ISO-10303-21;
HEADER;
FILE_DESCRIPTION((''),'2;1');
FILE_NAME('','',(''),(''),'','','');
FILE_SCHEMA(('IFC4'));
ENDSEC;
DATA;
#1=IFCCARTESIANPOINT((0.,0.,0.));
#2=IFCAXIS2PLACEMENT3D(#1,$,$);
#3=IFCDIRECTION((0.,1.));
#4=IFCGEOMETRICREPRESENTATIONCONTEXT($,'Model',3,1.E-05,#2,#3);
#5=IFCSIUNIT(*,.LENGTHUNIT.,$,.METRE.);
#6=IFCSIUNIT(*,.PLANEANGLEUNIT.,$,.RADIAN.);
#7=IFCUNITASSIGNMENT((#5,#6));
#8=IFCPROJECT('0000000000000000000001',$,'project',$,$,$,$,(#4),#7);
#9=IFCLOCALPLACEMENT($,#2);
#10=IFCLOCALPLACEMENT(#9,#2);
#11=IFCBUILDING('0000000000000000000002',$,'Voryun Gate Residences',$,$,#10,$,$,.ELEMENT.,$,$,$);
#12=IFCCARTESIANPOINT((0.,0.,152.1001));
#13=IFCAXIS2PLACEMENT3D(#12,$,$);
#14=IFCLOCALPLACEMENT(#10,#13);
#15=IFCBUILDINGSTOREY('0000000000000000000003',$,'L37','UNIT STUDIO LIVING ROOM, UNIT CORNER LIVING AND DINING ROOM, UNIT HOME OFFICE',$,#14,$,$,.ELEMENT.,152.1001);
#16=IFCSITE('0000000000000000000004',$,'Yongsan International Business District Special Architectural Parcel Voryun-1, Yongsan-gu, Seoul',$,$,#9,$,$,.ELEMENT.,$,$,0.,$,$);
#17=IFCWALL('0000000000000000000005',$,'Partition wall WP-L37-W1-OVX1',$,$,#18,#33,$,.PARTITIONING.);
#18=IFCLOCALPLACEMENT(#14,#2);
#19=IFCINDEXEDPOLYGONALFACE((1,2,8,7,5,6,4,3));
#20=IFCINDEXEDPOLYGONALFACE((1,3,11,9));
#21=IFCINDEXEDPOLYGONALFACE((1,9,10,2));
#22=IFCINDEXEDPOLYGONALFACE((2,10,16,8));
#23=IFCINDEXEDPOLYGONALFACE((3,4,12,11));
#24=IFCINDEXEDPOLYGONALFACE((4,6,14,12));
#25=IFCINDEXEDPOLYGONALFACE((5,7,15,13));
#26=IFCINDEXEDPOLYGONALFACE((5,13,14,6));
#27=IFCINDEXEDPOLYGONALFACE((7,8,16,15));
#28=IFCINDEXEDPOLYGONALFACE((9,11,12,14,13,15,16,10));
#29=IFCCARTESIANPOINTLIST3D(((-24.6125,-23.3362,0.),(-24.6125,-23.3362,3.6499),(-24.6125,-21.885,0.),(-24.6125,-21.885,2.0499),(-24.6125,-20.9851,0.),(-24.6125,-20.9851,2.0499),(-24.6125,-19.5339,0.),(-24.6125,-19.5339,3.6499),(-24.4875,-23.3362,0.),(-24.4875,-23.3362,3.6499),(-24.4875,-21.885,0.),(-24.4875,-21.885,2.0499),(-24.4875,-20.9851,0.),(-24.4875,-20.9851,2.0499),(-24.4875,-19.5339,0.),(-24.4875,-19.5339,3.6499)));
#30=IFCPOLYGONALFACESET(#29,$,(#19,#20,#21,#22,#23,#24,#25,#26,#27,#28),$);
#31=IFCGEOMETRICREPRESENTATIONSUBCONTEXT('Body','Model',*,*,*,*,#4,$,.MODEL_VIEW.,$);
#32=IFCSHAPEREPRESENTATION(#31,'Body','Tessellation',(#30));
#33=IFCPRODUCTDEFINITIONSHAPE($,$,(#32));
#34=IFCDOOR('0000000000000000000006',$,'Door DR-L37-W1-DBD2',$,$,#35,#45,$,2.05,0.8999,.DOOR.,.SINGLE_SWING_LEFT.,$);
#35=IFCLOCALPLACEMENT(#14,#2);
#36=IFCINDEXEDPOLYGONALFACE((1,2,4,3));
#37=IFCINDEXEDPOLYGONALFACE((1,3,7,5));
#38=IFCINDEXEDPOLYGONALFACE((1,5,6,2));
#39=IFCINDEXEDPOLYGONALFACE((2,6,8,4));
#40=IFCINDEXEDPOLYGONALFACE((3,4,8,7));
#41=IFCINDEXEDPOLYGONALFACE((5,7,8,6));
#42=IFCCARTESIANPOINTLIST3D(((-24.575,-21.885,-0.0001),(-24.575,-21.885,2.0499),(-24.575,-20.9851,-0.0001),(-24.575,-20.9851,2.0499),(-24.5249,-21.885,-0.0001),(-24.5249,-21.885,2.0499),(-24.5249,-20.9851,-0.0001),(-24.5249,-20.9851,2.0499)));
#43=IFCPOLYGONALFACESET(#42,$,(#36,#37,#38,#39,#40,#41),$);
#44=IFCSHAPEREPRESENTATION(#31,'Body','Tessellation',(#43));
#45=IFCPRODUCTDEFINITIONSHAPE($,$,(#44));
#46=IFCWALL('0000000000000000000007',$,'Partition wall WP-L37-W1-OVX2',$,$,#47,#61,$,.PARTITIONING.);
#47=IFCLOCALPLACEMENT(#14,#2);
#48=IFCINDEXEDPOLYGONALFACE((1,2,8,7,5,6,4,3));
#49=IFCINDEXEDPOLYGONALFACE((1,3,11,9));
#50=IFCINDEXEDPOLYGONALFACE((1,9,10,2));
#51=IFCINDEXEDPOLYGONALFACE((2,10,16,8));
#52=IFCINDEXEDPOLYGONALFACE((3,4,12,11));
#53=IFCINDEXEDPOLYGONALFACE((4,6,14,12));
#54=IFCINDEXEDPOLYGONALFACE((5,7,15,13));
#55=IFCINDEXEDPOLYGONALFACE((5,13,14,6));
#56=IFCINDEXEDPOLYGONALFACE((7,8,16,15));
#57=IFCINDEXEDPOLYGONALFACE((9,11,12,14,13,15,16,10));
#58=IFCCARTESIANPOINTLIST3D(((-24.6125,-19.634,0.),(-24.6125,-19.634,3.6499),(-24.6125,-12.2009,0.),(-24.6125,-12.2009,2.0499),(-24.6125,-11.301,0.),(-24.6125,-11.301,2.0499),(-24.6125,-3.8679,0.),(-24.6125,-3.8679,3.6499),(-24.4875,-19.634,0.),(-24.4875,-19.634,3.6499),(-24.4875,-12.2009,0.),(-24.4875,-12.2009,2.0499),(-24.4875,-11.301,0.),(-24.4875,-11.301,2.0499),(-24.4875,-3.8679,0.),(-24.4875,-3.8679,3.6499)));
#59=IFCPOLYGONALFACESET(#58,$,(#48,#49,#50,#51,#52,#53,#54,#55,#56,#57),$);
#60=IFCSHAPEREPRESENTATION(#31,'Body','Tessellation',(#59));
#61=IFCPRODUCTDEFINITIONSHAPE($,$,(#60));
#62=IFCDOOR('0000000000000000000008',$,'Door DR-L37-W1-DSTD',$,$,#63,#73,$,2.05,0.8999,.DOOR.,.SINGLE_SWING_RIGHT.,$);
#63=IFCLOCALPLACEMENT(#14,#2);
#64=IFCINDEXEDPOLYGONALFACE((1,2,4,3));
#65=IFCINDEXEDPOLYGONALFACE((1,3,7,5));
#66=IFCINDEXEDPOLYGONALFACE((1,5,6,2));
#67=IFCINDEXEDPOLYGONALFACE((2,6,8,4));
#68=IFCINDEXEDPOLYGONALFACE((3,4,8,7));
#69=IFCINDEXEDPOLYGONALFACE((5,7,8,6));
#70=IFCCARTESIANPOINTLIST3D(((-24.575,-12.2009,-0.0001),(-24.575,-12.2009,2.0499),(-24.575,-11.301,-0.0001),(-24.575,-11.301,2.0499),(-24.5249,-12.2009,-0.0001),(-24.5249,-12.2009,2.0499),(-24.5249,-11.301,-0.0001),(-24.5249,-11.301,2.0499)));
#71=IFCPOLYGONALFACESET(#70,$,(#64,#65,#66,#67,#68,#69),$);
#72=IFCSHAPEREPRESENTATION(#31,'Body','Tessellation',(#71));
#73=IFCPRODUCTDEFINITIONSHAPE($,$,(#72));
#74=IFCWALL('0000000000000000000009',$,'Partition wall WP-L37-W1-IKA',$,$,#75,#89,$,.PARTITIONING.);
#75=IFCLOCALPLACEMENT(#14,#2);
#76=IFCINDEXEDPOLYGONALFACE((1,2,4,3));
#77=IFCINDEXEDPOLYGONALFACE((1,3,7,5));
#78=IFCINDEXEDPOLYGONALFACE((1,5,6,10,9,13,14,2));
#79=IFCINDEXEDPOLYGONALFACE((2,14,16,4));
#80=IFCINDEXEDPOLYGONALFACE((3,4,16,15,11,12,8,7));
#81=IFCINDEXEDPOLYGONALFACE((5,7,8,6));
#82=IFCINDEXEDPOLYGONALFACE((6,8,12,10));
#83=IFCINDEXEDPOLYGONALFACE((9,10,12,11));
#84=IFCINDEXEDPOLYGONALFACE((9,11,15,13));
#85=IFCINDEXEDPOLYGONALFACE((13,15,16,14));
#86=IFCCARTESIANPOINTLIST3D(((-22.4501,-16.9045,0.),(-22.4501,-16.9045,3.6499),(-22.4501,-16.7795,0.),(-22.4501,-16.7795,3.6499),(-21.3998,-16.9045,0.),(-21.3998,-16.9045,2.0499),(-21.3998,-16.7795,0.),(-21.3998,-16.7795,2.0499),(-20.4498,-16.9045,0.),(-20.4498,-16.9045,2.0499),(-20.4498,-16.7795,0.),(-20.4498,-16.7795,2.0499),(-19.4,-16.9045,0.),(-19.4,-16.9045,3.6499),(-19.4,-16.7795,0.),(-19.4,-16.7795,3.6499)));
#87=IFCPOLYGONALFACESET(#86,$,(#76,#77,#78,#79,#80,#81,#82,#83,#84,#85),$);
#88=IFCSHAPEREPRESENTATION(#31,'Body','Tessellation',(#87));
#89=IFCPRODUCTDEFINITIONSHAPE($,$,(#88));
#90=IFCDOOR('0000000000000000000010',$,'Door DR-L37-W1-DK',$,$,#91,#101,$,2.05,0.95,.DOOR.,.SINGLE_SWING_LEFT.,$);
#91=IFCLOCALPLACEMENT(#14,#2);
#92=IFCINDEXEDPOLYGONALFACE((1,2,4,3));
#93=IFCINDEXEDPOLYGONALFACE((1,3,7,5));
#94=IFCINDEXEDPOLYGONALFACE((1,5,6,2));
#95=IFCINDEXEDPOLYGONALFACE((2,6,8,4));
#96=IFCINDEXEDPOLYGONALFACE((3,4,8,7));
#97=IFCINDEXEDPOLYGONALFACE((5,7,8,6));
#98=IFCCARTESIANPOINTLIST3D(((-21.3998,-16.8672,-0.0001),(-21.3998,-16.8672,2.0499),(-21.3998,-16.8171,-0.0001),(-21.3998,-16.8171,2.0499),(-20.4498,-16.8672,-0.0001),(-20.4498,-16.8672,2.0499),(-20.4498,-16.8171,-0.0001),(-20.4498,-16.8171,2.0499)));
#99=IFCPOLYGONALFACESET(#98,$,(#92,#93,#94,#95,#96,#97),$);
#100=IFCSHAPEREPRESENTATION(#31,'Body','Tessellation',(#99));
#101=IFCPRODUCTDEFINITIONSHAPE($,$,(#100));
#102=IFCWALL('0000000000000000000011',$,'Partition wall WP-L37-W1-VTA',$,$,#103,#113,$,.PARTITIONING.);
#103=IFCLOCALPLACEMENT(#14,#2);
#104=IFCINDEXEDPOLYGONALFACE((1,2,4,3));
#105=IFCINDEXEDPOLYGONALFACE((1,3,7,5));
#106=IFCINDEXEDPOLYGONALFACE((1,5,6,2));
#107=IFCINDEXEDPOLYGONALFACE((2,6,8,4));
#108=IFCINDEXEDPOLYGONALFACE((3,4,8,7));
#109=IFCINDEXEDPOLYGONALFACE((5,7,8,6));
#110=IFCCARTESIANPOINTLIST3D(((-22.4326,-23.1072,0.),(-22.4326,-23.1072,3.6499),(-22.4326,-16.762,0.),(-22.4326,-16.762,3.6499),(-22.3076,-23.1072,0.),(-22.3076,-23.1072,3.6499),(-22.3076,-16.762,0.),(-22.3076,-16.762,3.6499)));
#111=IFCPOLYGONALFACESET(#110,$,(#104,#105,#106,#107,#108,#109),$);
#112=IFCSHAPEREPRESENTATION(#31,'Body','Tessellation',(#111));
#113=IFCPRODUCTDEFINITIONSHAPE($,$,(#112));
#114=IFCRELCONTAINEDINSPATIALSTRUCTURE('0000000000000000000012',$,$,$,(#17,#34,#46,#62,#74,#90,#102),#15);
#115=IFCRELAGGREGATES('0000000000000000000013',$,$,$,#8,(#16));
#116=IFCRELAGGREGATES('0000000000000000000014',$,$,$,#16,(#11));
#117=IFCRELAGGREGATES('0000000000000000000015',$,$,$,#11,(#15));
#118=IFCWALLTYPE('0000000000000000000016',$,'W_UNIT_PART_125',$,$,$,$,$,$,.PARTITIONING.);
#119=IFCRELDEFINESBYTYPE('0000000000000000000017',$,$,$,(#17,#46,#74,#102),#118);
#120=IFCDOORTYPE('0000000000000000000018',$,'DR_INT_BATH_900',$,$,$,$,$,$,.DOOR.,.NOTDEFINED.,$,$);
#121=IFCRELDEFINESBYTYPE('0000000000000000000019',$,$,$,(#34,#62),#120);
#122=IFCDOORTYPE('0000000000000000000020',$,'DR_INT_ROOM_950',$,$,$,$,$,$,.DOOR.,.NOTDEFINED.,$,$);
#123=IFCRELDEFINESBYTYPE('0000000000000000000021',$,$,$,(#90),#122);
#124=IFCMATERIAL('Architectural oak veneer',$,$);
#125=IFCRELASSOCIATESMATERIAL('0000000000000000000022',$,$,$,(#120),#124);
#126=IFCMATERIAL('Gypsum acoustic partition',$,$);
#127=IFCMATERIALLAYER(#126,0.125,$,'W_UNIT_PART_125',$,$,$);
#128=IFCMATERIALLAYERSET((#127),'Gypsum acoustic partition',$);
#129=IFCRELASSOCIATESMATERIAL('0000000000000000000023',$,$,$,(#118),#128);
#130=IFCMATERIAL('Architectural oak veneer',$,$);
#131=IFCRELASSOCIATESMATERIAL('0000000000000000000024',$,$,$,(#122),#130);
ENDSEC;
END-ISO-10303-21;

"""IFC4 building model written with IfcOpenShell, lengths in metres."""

from ifc_helpers import new_model, si_unit, direction, frame, frame_2d, origin, place, context, subcontext, project, spatial, rectangle, extrude, material, layer, layer_set, type_object, element, fill, save


model = new_model("IFC4")

# Units and contexts
model_context = context("Model", 3, precision=1e-05, world=origin(), true_north=direction((0.0, 1.0)))
body_context = subcontext(model_context, "Body", "Model", "MODEL_VIEW")
ifc_project = project(units=[si_unit("LENGTHUNIT", "METRE"), si_unit("PLANEANGLEUNIT", "RADIAN")], contexts=[model_context])

# Site, building, storey
site_placement = place(None, origin())
site = spatial("IfcSite", under=ifc_project, at=site_placement, Name="Yongsan International Business District Special Architectural Parcel Voryun-1, Yongsan-gu, Seoul", CompositionType="ELEMENT", RefElevation=0.0)
building_placement = place(site_placement, origin())
building = spatial("IfcBuilding", under=site, at=building_placement, Name="Voryun Gate Residences", CompositionType="ELEMENT")
storey_placement = place(building_placement, frame((0.0, 0.0, 152.1001)))
storey = spatial("IfcBuildingStorey", under=building, at=storey_placement, Name="L37", Description="UNIT STUDIO LIVING ROOM, UNIT CORNER LIVING AND DINING ROOM, UNIT HOME OFFICE", CompositionType="ELEMENT", Elevation=152.1001)

# Shared definitions
ifc_material_1 = material(Name="Architectural oak veneer")
door_type_1 = type_object("IfcDoorType", Name="DR_INT_BATH_900", OperationType="NOTDEFINED", PredefinedType="DOOR", material=ifc_material_1)

# Shared definitions
ifc_material_2 = material(Name="Gypsum acoustic partition")
ifc_layer_1 = layer(ifc_material_2, 0.125, Name="W_UNIT_PART_125")
ifc_layer_set_1 = layer_set([ifc_layer_1], Name="Gypsum acoustic partition")
wall_type_1 = type_object("IfcWallType", Name="W_UNIT_PART_125", PredefinedType="PARTITIONING", material=ifc_layer_set_1)

# Walls, openings, doors
wall_1_placement = place(storey_placement, frame((-24.55, -23.3362, 0.0), z_axis=(0.0, 0.0, 1.0), x_axis=(0.0, 1.0, 0.0)))
wall_1 = element("IfcWall", 1, at=wall_1_placement, inside=storey, type_object=wall_type_1, Name="Partition wall WP-L37-W1-OVX1", PredefinedType="PARTITIONING", context=body_context, shape_type="SweptSolid", body=[
    extrude(rectangle(XDim=3.8022, YDim=0.125, at=frame_2d((1.9011, 0.0))), origin(), (0.0, 0.0, 1.0), 3.6499),
])
opening_1_placement = place(wall_1_placement, frame((1.4512, 0.0, 0.0)))
opening_1 = element("IfcOpeningElement", 2, at=opening_1_placement, cuts=wall_1, PredefinedType="OPENING", context=body_context, shape_type="SweptSolid", body=[
    extrude(rectangle(XDim=0.8999, YDim=2.05, at=frame_2d((0.45, 1.0249))), frame((0.0, 0.0725, 0.0), z_axis=(0.0, -1.0, 0.0), x_axis=(1.0, 0.0, 0.0)), (0.0, 0.0, 1.0), 0.145),
])
door_1_placement = place(opening_1_placement, origin())
door_1 = element("IfcDoor", 3, at=door_1_placement, inside=storey, type_object=door_type_1, Name="Door DR-L37-W1-DBD2", OperationType="SINGLE_SWING_LEFT", OverallHeight=2.05, OverallWidth=0.8999, PredefinedType="DOOR", context=body_context, shape_type="SweptSolid", body=[
    extrude(rectangle(XDim=0.8999, YDim=2.05, at=frame_2d((0.45, 1.0249))), frame((0.0, 0.0249, 0.0), z_axis=(0.0, -1.0, 0.0), x_axis=(1.0, 0.0, 0.0)), (0.0, 0.0, 1.0), 0.05),
])
fill(opening_1, door_1)
wall_2_placement = place(storey_placement, frame((-24.55, -19.634, 0.0), z_axis=(0.0, 0.0, 1.0), x_axis=(0.0, 1.0, 0.0)))
wall_2 = element("IfcWall", 4, at=wall_2_placement, inside=storey, type_object=wall_type_1, Name="Partition wall WP-L37-W1-OVX2", PredefinedType="PARTITIONING", context=body_context, shape_type="SweptSolid", body=[
    extrude(rectangle(XDim=15.7661, YDim=0.125, at=frame_2d((7.8831, 0.0))), origin(), (0.0, 0.0, 1.0), 3.6499),
])
opening_2_placement = place(wall_2_placement, frame((7.4331, 0.0, 0.0)))
opening_2 = element("IfcOpeningElement", 5, at=opening_2_placement, cuts=wall_2, PredefinedType="OPENING", context=body_context, shape_type="SweptSolid", body=[
    extrude(rectangle(XDim=0.8999, YDim=2.05, at=frame_2d((0.45, 1.0249))), frame((0.0, 0.0725, 0.0), z_axis=(0.0, -1.0, 0.0), x_axis=(1.0, 0.0, 0.0)), (0.0, 0.0, 1.0), 0.145),
])
door_2_placement = place(opening_2_placement, origin())
door_2 = element("IfcDoor", 6, at=door_2_placement, inside=storey, type_object=door_type_1, Name="Door DR-L37-W1-DSTD", OperationType="SINGLE_SWING_RIGHT", OverallHeight=2.05, OverallWidth=0.8999, PredefinedType="DOOR", context=body_context, shape_type="SweptSolid", body=[
    extrude(rectangle(XDim=0.8999, YDim=2.05, at=frame_2d((0.45, 1.0249))), frame((0.0, 0.0249, 0.0), z_axis=(0.0, -1.0, 0.0), x_axis=(1.0, 0.0, 0.0)), (0.0, 0.0, 1.0), 0.05),
])
fill(opening_2, door_2)
wall_3_placement = place(storey_placement, frame((-22.45, -16.842, 0.0), z_axis=(0.0, 0.0, 1.0), x_axis=(1.0, 0.0, 0.0)))
wall_3 = element("IfcWall", 7, at=wall_3_placement, inside=storey, type_object=wall_type_1, Name="Partition wall WP-L37-W1-IKA", PredefinedType="PARTITIONING", context=body_context, shape_type="SweptSolid", body=[
    extrude(rectangle(XDim=3.05, YDim=0.125, at=frame_2d((1.5249, 0.0))), origin(), (0.0, 0.0, 1.0), 3.6499),
])
opening_3_placement = place(wall_3_placement, frame((1.05, 0.0, 0.0)))
opening_3 = element("IfcOpeningElement", 8, at=opening_3_placement, cuts=wall_3, PredefinedType="OPENING", context=body_context, shape_type="SweptSolid", body=[
    extrude(rectangle(XDim=0.95, YDim=2.05, at=frame_2d((0.4751, 1.0249))), frame((0.0, 0.0725, 0.0), z_axis=(0.0, -1.0, 0.0), x_axis=(1.0, 0.0, 0.0)), (0.0, 0.0, 1.0), 0.145),
])
ifc_material_3 = material(Name="Architectural oak veneer")
door_type_2 = type_object("IfcDoorType", Name="DR_INT_ROOM_950", OperationType="NOTDEFINED", PredefinedType="DOOR", material=ifc_material_3)
door_3_placement = place(opening_3_placement, origin())
door_3 = element("IfcDoor", 9, at=door_3_placement, inside=storey, type_object=door_type_2, Name="Door DR-L37-W1-DK", OperationType="SINGLE_SWING_LEFT", OverallHeight=2.05, OverallWidth=0.95, PredefinedType="DOOR", context=body_context, shape_type="SweptSolid", body=[
    extrude(rectangle(XDim=0.95, YDim=2.05, at=frame_2d((0.4751, 1.0249))), frame((0.0, 0.0249, 0.0), z_axis=(0.0, -1.0, 0.0), x_axis=(1.0, 0.0, 0.0)), (0.0, 0.0, 1.0), 0.05),
])
fill(opening_3, door_3)

# Wall
wall_4_placement = place(storey_placement, frame((-22.3701, -23.1072, 0.0), z_axis=(0.0, 0.0, 1.0), x_axis=(0.0, 1.0, 0.0)))
element("IfcWall", 10, at=wall_4_placement, inside=storey, type_object=wall_type_1, Name="Partition wall WP-L37-W1-VTA", PredefinedType="PARTITIONING", context=body_context, shape_type="SweptSolid", body=[
    extrude(rectangle(XDim=6.3452, YDim=0.125, at=frame_2d((3.1726, 0.0))), origin(), (0.0, 0.0, 1.0), 3.6499),
])

save(model, "model.ifc")
